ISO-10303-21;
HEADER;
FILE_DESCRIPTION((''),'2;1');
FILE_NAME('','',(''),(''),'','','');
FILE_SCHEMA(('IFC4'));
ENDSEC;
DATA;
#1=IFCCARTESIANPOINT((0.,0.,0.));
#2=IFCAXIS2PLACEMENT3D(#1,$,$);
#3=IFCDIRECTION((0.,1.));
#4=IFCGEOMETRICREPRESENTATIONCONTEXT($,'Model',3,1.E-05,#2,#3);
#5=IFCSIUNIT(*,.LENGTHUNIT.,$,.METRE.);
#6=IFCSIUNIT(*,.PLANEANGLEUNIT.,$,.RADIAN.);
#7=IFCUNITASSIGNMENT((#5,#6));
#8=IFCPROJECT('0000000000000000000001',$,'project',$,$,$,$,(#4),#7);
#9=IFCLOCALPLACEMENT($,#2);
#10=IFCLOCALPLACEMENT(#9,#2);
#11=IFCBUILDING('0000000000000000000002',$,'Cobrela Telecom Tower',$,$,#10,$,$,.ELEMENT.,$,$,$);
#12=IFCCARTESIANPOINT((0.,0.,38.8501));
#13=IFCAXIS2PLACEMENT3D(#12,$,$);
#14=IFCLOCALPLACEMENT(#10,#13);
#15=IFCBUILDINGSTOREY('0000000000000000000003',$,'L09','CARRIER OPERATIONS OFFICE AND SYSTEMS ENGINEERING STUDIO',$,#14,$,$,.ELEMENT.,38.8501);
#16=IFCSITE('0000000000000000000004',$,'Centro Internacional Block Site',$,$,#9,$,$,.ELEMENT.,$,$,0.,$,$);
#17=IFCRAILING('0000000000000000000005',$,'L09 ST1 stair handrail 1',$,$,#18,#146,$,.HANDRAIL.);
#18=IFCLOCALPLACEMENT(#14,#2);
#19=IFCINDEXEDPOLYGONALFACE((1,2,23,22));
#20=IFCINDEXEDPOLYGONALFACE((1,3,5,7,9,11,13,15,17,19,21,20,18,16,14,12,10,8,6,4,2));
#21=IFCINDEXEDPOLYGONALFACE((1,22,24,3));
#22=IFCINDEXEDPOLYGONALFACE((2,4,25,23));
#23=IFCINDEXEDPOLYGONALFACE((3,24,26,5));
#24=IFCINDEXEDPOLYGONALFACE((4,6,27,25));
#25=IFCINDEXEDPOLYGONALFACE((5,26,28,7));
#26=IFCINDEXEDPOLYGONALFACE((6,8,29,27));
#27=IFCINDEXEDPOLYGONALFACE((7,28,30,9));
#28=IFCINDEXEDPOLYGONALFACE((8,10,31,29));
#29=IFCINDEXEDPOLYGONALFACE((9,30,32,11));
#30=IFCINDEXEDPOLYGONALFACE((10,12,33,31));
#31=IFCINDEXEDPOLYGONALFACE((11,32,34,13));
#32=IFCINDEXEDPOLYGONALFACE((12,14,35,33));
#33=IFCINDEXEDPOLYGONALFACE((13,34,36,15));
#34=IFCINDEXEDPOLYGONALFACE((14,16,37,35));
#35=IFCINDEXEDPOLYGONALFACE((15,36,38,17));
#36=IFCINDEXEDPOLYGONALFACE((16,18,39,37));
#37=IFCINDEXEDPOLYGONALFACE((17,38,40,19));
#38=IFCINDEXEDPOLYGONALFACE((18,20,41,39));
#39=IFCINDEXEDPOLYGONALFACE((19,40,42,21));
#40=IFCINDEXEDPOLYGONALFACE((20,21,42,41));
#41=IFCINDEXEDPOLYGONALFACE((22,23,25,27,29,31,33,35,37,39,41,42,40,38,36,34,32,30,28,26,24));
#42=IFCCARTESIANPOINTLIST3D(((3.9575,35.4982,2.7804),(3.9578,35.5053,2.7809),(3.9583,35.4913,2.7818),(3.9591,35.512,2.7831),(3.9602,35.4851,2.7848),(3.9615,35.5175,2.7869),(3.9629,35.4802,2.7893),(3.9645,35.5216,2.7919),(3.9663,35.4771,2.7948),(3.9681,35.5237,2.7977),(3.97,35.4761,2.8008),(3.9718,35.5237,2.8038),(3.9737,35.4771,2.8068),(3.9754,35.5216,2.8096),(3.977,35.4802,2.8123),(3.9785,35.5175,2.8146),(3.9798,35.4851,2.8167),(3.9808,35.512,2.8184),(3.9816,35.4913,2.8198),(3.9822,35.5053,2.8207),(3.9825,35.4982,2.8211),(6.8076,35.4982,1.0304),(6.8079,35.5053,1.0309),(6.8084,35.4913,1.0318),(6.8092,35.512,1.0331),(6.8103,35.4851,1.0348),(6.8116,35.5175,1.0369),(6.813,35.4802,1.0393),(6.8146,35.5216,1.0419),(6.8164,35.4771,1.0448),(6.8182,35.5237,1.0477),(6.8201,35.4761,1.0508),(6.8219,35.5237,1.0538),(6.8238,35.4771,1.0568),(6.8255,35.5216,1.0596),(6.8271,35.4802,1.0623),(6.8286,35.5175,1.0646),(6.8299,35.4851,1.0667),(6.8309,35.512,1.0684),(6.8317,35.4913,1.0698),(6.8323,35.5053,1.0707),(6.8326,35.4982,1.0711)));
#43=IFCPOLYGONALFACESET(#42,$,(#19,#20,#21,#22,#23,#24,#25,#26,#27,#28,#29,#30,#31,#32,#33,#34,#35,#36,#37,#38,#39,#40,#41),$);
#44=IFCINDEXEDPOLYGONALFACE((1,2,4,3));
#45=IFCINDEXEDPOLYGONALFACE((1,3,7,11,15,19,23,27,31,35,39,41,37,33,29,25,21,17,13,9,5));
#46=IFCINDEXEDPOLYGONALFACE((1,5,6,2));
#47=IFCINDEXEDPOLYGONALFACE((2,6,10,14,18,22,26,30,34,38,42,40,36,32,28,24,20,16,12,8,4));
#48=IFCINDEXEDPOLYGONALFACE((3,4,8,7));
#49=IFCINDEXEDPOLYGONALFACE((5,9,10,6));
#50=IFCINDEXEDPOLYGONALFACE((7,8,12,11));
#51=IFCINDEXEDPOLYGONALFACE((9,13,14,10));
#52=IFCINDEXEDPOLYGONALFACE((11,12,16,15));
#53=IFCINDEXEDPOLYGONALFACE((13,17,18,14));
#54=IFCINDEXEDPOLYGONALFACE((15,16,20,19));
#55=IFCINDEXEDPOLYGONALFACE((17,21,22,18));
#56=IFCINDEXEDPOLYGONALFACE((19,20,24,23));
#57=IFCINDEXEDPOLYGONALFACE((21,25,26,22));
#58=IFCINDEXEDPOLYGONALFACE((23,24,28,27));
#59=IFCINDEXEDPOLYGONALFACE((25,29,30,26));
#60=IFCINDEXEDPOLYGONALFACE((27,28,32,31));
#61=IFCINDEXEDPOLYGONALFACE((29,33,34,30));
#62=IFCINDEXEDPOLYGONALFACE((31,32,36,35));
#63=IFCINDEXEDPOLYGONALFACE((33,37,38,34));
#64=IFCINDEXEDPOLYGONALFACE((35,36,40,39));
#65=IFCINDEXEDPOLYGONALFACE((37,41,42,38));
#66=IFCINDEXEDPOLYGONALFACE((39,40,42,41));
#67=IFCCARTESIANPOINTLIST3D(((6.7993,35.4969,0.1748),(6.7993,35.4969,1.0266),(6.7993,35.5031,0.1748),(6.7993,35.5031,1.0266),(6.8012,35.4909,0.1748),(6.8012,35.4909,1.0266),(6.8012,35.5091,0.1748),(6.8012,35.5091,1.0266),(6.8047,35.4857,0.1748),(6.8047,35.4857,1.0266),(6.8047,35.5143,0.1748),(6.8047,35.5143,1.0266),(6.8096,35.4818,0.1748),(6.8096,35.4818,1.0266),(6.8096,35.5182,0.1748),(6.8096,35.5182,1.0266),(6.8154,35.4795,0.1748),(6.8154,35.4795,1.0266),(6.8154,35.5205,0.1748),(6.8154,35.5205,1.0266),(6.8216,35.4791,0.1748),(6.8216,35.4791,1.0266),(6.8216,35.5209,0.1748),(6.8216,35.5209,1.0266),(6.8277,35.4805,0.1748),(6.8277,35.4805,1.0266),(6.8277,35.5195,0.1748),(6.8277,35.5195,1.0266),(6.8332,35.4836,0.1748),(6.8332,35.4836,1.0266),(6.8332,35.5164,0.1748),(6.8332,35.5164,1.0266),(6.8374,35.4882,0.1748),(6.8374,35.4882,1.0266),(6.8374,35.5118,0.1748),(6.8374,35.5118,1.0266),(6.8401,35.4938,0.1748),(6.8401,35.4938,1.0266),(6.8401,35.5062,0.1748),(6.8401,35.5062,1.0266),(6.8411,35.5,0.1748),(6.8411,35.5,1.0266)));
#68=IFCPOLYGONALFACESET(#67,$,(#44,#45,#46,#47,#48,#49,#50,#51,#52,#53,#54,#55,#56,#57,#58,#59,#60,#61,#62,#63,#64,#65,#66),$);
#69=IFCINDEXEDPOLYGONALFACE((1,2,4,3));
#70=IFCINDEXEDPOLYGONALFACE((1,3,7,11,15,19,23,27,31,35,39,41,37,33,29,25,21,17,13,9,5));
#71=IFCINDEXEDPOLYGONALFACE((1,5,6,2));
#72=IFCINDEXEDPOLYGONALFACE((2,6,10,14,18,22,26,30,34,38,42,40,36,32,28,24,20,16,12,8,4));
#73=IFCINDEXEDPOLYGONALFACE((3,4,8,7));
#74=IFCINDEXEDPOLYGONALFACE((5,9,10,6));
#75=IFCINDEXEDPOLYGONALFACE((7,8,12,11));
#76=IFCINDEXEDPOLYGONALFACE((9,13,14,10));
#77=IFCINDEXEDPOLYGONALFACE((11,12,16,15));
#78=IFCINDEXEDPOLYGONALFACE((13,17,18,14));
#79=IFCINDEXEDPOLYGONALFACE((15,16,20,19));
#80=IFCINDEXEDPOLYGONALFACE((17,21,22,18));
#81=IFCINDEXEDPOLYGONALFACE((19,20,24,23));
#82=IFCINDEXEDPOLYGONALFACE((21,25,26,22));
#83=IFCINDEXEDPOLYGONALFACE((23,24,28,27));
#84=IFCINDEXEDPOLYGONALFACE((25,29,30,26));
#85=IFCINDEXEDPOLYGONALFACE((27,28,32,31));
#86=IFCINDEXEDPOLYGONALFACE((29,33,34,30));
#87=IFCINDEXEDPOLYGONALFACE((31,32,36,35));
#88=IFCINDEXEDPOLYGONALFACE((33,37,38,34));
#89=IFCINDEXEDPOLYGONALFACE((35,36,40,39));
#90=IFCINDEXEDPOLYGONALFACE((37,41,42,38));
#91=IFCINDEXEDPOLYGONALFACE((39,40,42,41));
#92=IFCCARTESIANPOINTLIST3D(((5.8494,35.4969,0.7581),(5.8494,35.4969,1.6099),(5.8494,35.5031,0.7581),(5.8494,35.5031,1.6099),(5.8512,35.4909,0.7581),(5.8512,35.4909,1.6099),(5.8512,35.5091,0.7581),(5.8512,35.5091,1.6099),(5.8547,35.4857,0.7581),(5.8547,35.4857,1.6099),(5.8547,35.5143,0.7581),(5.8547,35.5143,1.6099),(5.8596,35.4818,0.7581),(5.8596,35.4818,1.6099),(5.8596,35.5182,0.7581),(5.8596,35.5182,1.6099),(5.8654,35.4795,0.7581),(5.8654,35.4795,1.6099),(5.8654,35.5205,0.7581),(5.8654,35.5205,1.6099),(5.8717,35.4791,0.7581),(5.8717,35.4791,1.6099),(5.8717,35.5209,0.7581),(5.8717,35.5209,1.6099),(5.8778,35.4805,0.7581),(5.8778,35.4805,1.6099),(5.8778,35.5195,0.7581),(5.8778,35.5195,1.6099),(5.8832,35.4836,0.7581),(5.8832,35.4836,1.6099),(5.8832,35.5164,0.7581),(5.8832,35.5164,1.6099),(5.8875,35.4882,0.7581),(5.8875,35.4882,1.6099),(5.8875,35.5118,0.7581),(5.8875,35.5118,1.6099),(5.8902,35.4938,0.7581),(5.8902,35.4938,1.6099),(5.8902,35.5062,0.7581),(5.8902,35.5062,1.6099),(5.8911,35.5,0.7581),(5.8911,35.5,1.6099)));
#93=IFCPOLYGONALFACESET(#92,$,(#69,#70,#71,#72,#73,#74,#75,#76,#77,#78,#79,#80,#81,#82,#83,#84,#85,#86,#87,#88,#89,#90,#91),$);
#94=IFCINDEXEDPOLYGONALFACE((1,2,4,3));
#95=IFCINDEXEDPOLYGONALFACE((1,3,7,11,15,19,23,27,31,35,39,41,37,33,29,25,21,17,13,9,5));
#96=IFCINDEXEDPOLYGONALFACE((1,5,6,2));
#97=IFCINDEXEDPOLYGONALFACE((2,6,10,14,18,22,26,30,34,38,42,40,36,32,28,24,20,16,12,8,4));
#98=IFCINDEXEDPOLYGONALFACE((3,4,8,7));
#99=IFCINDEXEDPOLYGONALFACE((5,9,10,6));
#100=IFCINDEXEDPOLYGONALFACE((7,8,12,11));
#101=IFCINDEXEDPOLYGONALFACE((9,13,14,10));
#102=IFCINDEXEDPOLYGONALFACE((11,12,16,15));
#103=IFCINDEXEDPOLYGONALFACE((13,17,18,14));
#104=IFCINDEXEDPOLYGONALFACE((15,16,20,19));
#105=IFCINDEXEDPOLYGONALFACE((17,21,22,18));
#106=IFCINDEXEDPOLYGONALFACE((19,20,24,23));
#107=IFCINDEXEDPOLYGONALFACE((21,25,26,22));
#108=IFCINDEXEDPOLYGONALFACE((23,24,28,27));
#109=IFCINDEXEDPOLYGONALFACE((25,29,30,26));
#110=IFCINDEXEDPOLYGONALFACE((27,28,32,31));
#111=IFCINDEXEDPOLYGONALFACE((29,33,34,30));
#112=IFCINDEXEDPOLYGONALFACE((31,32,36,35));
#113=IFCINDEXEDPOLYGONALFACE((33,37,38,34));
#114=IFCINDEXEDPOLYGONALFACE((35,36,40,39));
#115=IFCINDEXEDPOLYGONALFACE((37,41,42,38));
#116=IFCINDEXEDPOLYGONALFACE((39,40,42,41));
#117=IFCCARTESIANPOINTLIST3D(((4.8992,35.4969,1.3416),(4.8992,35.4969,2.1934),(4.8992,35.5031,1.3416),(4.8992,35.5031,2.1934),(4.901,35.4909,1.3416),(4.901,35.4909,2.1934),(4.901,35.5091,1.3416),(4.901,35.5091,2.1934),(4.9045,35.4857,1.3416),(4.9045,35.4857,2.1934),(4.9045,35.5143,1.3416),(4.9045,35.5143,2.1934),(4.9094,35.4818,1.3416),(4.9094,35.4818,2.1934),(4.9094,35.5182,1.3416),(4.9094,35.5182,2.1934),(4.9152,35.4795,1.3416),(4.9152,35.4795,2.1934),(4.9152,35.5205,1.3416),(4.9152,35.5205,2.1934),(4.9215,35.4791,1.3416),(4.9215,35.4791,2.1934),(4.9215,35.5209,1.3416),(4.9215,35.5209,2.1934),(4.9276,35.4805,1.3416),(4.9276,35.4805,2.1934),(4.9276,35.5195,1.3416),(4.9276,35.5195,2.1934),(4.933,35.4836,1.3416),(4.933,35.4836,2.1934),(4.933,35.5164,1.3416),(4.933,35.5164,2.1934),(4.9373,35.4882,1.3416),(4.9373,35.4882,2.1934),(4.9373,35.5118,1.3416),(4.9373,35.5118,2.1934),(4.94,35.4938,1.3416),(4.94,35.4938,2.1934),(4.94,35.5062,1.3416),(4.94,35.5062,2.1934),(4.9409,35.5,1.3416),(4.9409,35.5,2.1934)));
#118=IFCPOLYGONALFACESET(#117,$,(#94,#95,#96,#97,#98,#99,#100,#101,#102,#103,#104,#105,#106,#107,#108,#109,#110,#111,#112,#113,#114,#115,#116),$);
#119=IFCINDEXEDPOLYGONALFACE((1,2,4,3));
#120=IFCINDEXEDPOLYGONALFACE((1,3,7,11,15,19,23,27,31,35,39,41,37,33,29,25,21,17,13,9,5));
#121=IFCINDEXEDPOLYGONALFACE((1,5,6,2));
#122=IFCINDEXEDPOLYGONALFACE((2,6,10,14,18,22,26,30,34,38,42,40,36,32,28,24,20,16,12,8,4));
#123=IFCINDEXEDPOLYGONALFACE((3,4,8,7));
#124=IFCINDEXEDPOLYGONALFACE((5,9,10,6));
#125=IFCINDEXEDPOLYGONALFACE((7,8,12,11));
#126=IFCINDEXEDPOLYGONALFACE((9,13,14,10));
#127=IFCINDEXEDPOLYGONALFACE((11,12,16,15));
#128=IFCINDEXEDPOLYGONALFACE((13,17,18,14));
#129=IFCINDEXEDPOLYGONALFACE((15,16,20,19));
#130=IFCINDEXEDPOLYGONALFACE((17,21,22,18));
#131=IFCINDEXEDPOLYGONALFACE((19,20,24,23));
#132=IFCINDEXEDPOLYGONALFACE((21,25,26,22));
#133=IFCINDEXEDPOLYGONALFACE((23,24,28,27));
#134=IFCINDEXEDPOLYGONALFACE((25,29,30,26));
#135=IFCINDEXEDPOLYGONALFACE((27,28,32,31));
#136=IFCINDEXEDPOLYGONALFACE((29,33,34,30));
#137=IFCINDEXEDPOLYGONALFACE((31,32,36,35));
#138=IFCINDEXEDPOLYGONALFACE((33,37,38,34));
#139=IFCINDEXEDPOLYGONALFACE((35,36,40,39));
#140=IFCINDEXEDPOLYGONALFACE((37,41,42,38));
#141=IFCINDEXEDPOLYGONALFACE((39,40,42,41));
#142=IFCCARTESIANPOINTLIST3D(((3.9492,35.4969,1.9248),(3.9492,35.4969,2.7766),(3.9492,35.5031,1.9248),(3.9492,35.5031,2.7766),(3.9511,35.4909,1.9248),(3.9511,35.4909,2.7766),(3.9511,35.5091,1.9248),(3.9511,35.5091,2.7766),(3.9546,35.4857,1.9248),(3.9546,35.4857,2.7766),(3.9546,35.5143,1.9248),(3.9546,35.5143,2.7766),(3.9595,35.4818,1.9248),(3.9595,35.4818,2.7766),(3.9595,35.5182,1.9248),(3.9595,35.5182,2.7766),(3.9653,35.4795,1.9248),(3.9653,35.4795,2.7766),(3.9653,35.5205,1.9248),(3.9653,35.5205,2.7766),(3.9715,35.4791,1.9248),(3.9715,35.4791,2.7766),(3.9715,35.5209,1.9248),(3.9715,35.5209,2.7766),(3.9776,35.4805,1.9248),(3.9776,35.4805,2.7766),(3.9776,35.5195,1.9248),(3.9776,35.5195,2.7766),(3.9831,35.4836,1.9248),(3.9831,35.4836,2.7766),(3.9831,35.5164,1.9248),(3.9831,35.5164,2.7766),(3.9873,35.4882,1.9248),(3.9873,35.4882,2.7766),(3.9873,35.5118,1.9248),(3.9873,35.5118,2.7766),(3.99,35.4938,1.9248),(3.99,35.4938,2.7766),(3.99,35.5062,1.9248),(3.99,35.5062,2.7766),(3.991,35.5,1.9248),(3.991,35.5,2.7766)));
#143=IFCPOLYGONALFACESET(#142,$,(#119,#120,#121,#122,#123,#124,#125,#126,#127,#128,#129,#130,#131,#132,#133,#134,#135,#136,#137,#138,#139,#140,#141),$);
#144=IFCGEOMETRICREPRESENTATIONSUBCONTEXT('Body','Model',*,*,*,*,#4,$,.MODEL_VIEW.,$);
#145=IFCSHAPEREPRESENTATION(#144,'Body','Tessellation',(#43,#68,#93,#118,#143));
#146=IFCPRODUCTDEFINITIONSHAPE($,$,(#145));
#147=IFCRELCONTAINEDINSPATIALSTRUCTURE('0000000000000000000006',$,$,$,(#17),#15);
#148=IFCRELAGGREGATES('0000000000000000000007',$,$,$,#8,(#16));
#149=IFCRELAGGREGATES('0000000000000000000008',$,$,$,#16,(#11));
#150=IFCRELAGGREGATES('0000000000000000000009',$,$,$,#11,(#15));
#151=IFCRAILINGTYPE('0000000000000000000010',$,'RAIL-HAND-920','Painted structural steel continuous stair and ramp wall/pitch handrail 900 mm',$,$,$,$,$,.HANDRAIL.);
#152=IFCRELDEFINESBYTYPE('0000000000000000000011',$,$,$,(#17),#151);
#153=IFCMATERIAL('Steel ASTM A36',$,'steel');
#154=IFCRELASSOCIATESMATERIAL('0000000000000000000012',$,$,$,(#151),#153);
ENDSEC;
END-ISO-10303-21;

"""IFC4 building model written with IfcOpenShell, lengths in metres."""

from ifc_helpers import new_model, si_unit, direction, frame, origin, origin_2d, place, context, subcontext, project, spatial, circle, extrude, material, type_object, element, save


model = new_model("IFC4")

# Units and contexts
model_context = context("Model", 3, precision=1e-05, world=origin(), true_north=direction((0.0, 1.0)))
body_context = subcontext(model_context, "Body", "Model", "MODEL_VIEW")
ifc_project = project(units=[si_unit("LENGTHUNIT", "METRE"), si_unit("PLANEANGLEUNIT", "RADIAN")], contexts=[model_context])

# Site, building, storey
site_placement = place(None, origin())
site = spatial("IfcSite", under=ifc_project, at=site_placement, Name="Centro Internacional Block Site", CompositionType="ELEMENT", RefElevation=0.0)
building_placement = place(site_placement, origin())
building = spatial("IfcBuilding", under=site, at=building_placement, Name="Cobrela Telecom Tower", CompositionType="ELEMENT")
storey_placement = place(building_placement, frame((0.0, 0.0, 38.8501)))
storey = spatial("IfcBuildingStorey", under=building, at=storey_placement, Name="L09", Description="CARRIER OPERATIONS OFFICE AND SYSTEMS ENGINEERING STUDIO", CompositionType="ELEMENT", Elevation=38.8501)

# Shared definitions
ifc_material_1 = material(Name="Steel ASTM A36", Category="steel")

# Railing
railing_type_1 = type_object("IfcRailingType", Name="RAIL-HAND-920", Description="Painted structural steel continuous stair and ramp wall/pitch handrail 900 mm", PredefinedType="HANDRAIL", material=ifc_material_1)
railing_1_placement = place(storey_placement, frame((6.8201, 35.5, 0.1748)))
element("IfcRailing", 1, at=railing_1_placement, inside=storey, type_object=railing_type_1, Name="L09 ST1 stair handrail 1", PredefinedType="HANDRAIL", context=body_context, shape_type="SweptSolid", body=[
    extrude(circle(Radius=0.0239, at=origin_2d()), frame((0.0, 0.0, 0.876), z_axis=(-0.852179, 0.0, 0.52325), x_axis=(0.0, -1.0, 0.0)), (0.0, 0.0, 1.0), 3.3445),
    extrude(circle(Radius=0.021, at=origin_2d()), origin(), (0.0, 0.0, 1.0), 0.8518),
    extrude(circle(Radius=0.021, at=origin_2d()), frame((-0.95, 0.0, 0.5833)), (0.0, 0.0, 1.0), 0.8518),
    extrude(circle(Radius=0.021, at=origin_2d()), frame((-1.9001, 0.0, 1.1667)), (0.0, 0.0, 1.0), 0.8518),
    extrude(circle(Radius=0.021, at=origin_2d()), frame((-2.8501, 0.0, 1.75)), (0.0, 0.0, 1.0), 0.8518),
])

save(model, "model.ifc")
